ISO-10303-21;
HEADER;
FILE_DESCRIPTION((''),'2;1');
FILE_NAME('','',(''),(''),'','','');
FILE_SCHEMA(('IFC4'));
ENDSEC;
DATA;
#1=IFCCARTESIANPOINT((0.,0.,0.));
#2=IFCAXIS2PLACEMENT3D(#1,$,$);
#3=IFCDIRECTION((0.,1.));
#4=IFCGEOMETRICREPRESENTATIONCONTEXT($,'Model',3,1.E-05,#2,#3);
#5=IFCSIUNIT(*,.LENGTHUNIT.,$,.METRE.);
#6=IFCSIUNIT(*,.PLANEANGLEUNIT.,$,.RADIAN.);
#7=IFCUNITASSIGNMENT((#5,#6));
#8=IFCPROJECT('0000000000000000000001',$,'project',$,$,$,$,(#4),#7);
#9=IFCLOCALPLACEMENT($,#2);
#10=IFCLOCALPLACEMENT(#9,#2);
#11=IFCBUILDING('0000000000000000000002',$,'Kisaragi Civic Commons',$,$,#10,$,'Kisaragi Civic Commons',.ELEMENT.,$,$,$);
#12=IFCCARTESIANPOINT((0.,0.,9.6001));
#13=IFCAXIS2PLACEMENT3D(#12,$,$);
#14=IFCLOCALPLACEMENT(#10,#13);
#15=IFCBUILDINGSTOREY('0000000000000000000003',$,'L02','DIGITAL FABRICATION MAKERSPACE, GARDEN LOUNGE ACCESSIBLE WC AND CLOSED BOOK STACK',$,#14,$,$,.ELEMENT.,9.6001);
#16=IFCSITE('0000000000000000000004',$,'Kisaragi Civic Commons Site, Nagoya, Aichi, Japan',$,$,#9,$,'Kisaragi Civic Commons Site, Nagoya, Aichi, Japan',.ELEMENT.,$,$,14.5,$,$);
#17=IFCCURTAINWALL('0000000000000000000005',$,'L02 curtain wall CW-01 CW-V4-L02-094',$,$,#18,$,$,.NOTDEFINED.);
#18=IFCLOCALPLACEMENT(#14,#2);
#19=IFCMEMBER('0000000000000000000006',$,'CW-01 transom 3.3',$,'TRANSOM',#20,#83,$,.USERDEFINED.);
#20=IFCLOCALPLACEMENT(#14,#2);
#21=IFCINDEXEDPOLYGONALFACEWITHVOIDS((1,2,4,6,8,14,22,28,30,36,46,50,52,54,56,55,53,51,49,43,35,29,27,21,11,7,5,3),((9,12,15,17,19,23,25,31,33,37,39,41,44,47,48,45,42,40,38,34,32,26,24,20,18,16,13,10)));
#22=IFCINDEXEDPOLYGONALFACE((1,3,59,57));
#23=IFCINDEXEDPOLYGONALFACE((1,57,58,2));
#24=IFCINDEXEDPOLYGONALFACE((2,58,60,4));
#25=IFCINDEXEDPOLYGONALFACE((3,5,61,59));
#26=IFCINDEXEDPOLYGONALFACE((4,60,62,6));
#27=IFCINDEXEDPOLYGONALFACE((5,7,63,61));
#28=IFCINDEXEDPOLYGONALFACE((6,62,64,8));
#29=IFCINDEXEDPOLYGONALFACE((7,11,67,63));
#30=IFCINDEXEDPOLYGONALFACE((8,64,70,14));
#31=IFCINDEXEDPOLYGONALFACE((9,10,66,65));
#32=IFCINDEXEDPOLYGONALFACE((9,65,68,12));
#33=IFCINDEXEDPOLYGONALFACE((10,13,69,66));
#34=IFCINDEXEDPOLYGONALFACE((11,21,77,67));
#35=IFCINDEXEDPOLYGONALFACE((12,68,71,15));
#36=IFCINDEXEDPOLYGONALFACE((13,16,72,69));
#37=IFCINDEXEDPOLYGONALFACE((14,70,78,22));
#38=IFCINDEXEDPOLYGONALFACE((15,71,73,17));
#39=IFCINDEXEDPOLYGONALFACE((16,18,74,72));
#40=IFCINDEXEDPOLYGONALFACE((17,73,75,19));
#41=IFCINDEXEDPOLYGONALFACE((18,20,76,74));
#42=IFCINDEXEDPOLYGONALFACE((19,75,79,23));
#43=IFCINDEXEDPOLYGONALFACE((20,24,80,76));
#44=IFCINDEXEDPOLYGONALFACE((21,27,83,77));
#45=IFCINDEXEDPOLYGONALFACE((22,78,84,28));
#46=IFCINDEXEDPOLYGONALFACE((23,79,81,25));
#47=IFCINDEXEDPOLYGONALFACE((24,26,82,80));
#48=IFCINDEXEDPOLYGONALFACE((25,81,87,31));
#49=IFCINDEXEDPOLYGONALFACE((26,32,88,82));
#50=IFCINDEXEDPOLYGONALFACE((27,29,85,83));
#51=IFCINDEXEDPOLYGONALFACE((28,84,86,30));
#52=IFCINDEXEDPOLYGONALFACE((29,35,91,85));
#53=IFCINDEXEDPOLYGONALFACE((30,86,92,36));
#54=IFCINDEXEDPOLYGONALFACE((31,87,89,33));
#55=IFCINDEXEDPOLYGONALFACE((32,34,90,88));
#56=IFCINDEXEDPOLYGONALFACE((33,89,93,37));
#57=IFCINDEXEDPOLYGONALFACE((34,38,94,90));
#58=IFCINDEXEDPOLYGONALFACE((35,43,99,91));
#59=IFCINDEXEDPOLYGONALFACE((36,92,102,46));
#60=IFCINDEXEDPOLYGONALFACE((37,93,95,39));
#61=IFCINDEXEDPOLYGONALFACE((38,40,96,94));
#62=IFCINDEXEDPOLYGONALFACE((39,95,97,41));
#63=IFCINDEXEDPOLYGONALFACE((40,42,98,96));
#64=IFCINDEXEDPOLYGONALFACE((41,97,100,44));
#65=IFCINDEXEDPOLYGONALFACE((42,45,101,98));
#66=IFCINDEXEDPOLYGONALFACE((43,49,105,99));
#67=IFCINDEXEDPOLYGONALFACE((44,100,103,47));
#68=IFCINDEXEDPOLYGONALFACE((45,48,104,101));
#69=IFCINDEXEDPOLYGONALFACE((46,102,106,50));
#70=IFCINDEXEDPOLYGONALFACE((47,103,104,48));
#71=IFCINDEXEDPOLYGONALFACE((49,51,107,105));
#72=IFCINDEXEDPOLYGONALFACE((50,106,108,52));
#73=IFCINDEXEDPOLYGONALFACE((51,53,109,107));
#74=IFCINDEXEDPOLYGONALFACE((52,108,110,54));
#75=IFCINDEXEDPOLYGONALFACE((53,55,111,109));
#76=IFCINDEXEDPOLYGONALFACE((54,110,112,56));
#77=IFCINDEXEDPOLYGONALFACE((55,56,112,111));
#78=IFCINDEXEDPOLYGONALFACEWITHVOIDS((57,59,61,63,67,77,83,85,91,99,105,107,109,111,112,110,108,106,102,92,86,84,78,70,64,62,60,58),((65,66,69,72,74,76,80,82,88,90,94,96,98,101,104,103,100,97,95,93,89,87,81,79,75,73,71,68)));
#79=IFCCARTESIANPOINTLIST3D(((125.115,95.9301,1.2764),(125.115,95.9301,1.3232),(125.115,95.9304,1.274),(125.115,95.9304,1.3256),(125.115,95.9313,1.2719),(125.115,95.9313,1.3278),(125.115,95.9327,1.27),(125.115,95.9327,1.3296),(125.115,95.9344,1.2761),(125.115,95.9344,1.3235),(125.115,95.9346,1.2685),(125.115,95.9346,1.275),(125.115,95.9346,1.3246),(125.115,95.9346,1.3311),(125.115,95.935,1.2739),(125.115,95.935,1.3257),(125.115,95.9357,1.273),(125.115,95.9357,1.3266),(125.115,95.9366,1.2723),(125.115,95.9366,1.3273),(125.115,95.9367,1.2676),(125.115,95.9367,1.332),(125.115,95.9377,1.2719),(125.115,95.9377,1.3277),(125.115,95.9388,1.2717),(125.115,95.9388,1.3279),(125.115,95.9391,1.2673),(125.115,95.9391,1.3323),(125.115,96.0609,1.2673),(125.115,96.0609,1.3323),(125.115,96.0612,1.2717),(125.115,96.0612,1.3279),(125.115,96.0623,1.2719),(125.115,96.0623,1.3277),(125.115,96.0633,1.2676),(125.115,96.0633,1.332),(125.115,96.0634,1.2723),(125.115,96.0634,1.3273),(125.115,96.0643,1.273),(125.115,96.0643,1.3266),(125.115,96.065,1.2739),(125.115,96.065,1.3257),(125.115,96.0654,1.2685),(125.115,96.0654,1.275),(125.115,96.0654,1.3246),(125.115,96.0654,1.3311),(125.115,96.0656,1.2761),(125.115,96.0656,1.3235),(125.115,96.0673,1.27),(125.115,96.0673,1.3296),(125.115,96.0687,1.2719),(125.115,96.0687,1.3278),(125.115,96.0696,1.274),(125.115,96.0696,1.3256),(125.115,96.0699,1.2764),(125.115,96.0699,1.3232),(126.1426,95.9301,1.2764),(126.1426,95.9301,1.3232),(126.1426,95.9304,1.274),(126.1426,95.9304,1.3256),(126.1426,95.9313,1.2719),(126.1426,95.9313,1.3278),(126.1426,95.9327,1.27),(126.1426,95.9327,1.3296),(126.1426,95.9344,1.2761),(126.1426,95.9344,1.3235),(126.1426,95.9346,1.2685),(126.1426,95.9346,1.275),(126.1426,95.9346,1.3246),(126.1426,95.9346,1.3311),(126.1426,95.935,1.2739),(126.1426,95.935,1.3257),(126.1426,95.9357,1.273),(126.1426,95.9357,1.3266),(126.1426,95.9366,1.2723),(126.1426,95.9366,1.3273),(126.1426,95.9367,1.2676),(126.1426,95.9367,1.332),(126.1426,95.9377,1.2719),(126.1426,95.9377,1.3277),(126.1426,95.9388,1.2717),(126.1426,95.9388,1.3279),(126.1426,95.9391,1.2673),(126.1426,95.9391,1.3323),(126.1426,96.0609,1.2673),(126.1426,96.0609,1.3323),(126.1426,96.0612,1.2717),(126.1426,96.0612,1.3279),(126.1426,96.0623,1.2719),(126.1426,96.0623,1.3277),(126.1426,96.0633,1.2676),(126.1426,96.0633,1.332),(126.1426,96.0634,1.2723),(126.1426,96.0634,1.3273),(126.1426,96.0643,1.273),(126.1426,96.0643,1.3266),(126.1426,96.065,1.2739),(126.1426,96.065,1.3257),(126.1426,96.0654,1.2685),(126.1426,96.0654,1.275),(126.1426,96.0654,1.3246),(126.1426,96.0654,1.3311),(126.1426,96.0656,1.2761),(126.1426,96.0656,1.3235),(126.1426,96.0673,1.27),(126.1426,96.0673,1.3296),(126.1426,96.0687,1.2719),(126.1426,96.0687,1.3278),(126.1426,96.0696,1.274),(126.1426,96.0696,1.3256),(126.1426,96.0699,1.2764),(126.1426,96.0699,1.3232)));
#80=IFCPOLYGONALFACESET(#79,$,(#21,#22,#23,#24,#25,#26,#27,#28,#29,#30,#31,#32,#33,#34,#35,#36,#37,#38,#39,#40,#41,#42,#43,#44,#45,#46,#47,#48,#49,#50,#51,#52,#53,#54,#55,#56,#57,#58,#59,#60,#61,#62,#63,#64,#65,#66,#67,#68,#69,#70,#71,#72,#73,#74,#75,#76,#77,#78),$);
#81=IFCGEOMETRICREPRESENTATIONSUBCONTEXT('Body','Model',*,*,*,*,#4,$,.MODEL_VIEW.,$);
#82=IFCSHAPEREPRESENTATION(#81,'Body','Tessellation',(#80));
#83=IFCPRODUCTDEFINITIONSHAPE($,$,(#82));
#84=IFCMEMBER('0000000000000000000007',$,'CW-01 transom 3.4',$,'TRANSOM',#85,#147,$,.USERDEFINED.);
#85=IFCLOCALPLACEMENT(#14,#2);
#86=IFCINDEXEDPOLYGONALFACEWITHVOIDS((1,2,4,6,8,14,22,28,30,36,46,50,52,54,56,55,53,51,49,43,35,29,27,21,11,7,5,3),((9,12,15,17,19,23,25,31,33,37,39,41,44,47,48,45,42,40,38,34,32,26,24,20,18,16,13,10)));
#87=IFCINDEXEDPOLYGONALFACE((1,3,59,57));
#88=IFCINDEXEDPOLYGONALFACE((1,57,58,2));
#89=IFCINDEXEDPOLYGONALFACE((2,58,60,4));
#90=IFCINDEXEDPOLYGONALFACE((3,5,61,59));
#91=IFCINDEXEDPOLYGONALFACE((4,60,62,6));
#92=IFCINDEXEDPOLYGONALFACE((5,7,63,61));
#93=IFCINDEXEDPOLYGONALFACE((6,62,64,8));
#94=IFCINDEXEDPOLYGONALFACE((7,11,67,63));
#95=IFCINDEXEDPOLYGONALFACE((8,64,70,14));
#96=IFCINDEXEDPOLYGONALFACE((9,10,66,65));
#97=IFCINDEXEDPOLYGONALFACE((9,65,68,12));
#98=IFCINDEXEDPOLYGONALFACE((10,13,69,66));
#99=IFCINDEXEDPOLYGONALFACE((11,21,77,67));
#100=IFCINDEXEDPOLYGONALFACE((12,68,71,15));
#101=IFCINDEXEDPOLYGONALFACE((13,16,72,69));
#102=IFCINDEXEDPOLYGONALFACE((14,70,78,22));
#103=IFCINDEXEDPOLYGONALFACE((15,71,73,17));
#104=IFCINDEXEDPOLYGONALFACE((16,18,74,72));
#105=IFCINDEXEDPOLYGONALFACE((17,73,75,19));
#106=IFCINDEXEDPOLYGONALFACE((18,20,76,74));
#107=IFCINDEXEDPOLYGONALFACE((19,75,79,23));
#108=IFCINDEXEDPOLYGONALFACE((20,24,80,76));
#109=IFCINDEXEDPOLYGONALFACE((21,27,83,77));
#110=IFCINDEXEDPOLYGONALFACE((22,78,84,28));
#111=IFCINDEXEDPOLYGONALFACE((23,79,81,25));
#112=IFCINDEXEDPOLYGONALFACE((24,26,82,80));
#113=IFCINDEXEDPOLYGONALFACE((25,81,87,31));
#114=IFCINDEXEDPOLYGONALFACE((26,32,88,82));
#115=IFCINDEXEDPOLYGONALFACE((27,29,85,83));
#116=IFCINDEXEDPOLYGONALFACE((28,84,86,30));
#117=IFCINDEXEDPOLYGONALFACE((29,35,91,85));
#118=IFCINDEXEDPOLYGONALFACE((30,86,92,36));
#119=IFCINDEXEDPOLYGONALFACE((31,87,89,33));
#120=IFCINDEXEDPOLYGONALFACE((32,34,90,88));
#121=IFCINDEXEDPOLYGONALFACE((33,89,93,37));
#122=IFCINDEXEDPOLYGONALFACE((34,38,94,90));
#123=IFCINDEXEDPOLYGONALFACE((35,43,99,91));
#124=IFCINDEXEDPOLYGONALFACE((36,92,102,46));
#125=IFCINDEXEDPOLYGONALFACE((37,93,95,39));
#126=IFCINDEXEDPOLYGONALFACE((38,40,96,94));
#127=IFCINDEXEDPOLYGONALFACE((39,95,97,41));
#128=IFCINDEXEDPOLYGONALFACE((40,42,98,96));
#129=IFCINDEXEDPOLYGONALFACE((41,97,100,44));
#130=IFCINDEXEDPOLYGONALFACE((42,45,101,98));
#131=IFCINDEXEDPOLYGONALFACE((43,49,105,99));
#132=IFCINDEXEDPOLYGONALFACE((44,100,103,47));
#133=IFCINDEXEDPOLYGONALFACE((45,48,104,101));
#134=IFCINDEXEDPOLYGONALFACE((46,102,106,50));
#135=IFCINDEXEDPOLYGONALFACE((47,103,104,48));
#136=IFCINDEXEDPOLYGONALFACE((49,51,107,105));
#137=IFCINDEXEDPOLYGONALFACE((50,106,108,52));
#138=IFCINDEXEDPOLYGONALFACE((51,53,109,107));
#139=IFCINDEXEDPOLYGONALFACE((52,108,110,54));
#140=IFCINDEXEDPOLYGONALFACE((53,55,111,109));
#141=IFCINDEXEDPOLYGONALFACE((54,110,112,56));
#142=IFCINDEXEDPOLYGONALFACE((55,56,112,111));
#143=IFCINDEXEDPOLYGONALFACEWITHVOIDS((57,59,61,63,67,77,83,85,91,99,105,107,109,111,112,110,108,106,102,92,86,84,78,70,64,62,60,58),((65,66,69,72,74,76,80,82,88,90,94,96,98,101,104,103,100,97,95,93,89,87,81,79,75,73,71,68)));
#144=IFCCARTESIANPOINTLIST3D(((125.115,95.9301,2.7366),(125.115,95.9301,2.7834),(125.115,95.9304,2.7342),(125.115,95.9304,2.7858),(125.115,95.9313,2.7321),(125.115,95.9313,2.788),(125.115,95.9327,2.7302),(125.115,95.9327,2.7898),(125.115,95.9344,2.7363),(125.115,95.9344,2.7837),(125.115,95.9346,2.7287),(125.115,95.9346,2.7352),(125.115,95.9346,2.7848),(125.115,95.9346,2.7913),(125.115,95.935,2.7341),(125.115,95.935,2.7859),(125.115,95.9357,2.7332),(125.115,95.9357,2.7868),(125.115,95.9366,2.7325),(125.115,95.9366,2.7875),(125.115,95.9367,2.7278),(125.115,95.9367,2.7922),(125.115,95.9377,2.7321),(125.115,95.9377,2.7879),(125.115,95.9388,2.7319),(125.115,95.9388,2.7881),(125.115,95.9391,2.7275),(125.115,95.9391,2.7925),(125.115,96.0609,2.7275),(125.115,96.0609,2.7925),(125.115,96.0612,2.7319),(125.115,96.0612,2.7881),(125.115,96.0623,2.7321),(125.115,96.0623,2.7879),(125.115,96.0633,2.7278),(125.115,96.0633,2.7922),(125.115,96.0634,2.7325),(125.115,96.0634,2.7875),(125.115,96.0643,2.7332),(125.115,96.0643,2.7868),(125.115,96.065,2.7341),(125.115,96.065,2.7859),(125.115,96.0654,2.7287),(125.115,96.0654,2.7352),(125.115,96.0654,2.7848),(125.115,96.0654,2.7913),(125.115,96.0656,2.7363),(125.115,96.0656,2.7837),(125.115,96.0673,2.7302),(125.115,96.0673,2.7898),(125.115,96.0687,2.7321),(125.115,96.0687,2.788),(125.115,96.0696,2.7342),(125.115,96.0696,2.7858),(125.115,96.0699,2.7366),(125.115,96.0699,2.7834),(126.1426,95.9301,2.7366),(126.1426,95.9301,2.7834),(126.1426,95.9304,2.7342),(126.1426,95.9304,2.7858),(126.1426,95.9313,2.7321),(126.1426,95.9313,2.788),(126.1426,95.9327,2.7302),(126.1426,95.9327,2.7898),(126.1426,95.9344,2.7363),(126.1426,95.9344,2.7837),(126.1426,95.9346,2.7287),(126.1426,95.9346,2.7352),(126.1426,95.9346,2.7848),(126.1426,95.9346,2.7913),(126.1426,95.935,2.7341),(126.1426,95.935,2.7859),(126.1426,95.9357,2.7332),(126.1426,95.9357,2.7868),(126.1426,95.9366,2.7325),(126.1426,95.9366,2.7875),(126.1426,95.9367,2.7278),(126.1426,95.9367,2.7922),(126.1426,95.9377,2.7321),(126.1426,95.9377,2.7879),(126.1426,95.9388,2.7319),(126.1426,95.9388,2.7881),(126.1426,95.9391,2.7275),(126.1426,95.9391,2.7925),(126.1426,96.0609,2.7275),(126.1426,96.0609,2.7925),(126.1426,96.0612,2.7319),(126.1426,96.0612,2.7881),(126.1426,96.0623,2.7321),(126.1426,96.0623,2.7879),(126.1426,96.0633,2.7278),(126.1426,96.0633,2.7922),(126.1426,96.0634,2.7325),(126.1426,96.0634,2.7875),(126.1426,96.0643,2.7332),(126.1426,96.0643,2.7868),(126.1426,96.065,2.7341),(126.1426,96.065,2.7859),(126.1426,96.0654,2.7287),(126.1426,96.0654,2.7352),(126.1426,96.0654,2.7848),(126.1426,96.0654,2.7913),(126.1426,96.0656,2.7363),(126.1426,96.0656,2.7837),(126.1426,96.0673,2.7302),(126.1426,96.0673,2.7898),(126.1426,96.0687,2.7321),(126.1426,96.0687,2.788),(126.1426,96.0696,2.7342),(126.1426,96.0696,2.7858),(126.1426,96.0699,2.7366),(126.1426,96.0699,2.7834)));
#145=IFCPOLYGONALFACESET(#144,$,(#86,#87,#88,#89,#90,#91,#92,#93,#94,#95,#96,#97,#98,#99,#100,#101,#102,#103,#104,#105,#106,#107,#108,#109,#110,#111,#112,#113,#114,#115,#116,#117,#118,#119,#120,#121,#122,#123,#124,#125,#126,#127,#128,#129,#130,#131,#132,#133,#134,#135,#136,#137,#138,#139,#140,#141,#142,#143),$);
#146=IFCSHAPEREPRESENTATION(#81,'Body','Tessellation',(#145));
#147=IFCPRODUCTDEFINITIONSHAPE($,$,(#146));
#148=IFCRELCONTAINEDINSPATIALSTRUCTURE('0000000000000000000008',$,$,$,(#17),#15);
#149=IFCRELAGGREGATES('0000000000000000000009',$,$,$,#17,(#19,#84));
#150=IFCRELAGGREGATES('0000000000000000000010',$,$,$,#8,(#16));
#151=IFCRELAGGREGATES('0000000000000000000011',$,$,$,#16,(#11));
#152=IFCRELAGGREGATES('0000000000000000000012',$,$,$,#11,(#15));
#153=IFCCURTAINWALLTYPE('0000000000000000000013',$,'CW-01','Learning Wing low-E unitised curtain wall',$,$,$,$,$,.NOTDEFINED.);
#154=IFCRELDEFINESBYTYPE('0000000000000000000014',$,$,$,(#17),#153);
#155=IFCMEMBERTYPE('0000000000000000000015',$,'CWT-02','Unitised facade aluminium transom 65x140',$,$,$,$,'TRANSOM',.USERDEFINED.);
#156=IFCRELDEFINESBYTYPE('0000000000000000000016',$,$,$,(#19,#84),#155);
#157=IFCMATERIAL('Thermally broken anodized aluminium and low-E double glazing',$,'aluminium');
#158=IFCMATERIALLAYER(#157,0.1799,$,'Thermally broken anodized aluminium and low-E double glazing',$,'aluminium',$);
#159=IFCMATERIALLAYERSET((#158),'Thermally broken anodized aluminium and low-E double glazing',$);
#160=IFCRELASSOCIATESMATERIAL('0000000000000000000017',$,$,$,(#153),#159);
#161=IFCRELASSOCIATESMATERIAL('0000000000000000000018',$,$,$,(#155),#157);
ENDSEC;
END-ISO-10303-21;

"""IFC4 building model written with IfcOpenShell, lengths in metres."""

from ifc_helpers import new_model, si_unit, direction, frame, origin, origin_2d, place, context, subcontext, project, spatial, hollow_rectangle, extrude, material, layer, layer_set, material_profile, profile_set, type_object, element, aggregate, save


model = new_model("IFC4")

# Units and contexts
model_context = context("Model", 3, precision=1e-05, world=origin(), true_north=direction((0.0, 1.0)))
body_context = subcontext(model_context, "Body", "Model", "MODEL_VIEW")
ifc_project = project(units=[si_unit("LENGTHUNIT", "METRE"), si_unit("PLANEANGLEUNIT", "RADIAN")], contexts=[model_context])

# Site, building, storey
site_placement = place(None, origin())
site = spatial("IfcSite", under=ifc_project, at=site_placement, Name="Kisaragi Civic Commons Site, Nagoya, Aichi, Japan", LongName="Kisaragi Civic Commons Site, Nagoya, Aichi, Japan", CompositionType="ELEMENT", RefElevation=14.5)
building_placement = place(site_placement, origin())
building = spatial("IfcBuilding", under=site, at=building_placement, Name="Kisaragi Civic Commons", LongName="Kisaragi Civic Commons", CompositionType="ELEMENT")
storey_placement = place(building_placement, frame((0.0, 0.0, 9.6001)))
storey = spatial("IfcBuildingStorey", under=building, at=storey_placement, Name="L02", Description="DIGITAL FABRICATION MAKERSPACE, GARDEN LOUNGE ACCESSIBLE WC AND CLOSED BOOK STACK", CompositionType="ELEMENT", Elevation=9.6001)

# Curtain wall, members
ifc_material_1 = material(Name="Thermally broken anodized aluminium and low-E double glazing", Category="aluminium")
ifc_layer_1 = layer(ifc_material_1, 0.1799, Name="Thermally broken anodized aluminium and low-E double glazing", Category="aluminium")
ifc_layer_set_1 = layer_set([ifc_layer_1], Name="Thermally broken anodized aluminium and low-E double glazing")
curtain_wall_type = type_object("IfcCurtainWallType", Name="CW-01", Description="Learning Wing low-E unitised curtain wall", PredefinedType="NOTDEFINED", material=ifc_layer_set_1)
curtain_wall_placement = place(storey_placement, origin())
curtain_wall = element("IfcCurtainWall", 1, at=curtain_wall_placement, inside=storey, type_object=curtain_wall_type, Name="L02 curtain wall CW-01 CW-V4-L02-094", PredefinedType="NOTDEFINED")
ifc_material_profile_1 = material_profile(ifc_material_1, hollow_rectangle(XDim=0.1399, YDim=0.0649, WallThickness=0.0044, InnerFilletRadius=0.0044, OuterFilletRadius=0.009, at=origin_2d()), Name="CWT-65x140x4.5", Category="aluminium")
ifc_profile_set_1 = profile_set([ifc_material_profile_1], Name="Thermally broken anodized aluminium and low-E double glazing")
member_type_1 = type_object("IfcMemberType", Name="CWT-02", Description="Unitised facade aluminium transom 65x140", ElementType="TRANSOM", PredefinedType="USERDEFINED", material=ifc_profile_set_1)
member_1_placement = place(storey_placement, frame((126.1426, 96.0, 1.2998), z_axis=(-1.0, 0.0, 0.0), x_axis=(0.0, -1.0, 0.0)))
member_1 = element("IfcMember", 2, at=member_1_placement, type_object=member_type_1, Name="CW-01 transom 3.3", ObjectType="TRANSOM", PredefinedType="USERDEFINED", context=body_context, shape_type="SweptSolid", body=[
    extrude(hollow_rectangle(XDim=0.1399, YDim=0.0649, WallThickness=0.0044, InnerFilletRadius=0.0044, OuterFilletRadius=0.009, at=origin_2d()), origin(), (0.0, 0.0, 1.0), 1.0276),
])
member_2_placement = place(storey_placement, frame((126.1426, 96.0, 2.76), z_axis=(-1.0, 0.0, 0.0), x_axis=(0.0, -1.0, 0.0)))
member_2 = element("IfcMember", 3, at=member_2_placement, type_object=member_type_1, Name="CW-01 transom 3.4", ObjectType="TRANSOM", PredefinedType="USERDEFINED", context=body_context, shape_type="SweptSolid", body=[
    extrude(hollow_rectangle(XDim=0.1399, YDim=0.0649, WallThickness=0.0044, InnerFilletRadius=0.0044, OuterFilletRadius=0.009, at=origin_2d()), origin(), (0.0, 0.0, 1.0), 1.0276),
])

aggregate(curtain_wall, [member_1, member_2])

save(model, "model.ifc")
